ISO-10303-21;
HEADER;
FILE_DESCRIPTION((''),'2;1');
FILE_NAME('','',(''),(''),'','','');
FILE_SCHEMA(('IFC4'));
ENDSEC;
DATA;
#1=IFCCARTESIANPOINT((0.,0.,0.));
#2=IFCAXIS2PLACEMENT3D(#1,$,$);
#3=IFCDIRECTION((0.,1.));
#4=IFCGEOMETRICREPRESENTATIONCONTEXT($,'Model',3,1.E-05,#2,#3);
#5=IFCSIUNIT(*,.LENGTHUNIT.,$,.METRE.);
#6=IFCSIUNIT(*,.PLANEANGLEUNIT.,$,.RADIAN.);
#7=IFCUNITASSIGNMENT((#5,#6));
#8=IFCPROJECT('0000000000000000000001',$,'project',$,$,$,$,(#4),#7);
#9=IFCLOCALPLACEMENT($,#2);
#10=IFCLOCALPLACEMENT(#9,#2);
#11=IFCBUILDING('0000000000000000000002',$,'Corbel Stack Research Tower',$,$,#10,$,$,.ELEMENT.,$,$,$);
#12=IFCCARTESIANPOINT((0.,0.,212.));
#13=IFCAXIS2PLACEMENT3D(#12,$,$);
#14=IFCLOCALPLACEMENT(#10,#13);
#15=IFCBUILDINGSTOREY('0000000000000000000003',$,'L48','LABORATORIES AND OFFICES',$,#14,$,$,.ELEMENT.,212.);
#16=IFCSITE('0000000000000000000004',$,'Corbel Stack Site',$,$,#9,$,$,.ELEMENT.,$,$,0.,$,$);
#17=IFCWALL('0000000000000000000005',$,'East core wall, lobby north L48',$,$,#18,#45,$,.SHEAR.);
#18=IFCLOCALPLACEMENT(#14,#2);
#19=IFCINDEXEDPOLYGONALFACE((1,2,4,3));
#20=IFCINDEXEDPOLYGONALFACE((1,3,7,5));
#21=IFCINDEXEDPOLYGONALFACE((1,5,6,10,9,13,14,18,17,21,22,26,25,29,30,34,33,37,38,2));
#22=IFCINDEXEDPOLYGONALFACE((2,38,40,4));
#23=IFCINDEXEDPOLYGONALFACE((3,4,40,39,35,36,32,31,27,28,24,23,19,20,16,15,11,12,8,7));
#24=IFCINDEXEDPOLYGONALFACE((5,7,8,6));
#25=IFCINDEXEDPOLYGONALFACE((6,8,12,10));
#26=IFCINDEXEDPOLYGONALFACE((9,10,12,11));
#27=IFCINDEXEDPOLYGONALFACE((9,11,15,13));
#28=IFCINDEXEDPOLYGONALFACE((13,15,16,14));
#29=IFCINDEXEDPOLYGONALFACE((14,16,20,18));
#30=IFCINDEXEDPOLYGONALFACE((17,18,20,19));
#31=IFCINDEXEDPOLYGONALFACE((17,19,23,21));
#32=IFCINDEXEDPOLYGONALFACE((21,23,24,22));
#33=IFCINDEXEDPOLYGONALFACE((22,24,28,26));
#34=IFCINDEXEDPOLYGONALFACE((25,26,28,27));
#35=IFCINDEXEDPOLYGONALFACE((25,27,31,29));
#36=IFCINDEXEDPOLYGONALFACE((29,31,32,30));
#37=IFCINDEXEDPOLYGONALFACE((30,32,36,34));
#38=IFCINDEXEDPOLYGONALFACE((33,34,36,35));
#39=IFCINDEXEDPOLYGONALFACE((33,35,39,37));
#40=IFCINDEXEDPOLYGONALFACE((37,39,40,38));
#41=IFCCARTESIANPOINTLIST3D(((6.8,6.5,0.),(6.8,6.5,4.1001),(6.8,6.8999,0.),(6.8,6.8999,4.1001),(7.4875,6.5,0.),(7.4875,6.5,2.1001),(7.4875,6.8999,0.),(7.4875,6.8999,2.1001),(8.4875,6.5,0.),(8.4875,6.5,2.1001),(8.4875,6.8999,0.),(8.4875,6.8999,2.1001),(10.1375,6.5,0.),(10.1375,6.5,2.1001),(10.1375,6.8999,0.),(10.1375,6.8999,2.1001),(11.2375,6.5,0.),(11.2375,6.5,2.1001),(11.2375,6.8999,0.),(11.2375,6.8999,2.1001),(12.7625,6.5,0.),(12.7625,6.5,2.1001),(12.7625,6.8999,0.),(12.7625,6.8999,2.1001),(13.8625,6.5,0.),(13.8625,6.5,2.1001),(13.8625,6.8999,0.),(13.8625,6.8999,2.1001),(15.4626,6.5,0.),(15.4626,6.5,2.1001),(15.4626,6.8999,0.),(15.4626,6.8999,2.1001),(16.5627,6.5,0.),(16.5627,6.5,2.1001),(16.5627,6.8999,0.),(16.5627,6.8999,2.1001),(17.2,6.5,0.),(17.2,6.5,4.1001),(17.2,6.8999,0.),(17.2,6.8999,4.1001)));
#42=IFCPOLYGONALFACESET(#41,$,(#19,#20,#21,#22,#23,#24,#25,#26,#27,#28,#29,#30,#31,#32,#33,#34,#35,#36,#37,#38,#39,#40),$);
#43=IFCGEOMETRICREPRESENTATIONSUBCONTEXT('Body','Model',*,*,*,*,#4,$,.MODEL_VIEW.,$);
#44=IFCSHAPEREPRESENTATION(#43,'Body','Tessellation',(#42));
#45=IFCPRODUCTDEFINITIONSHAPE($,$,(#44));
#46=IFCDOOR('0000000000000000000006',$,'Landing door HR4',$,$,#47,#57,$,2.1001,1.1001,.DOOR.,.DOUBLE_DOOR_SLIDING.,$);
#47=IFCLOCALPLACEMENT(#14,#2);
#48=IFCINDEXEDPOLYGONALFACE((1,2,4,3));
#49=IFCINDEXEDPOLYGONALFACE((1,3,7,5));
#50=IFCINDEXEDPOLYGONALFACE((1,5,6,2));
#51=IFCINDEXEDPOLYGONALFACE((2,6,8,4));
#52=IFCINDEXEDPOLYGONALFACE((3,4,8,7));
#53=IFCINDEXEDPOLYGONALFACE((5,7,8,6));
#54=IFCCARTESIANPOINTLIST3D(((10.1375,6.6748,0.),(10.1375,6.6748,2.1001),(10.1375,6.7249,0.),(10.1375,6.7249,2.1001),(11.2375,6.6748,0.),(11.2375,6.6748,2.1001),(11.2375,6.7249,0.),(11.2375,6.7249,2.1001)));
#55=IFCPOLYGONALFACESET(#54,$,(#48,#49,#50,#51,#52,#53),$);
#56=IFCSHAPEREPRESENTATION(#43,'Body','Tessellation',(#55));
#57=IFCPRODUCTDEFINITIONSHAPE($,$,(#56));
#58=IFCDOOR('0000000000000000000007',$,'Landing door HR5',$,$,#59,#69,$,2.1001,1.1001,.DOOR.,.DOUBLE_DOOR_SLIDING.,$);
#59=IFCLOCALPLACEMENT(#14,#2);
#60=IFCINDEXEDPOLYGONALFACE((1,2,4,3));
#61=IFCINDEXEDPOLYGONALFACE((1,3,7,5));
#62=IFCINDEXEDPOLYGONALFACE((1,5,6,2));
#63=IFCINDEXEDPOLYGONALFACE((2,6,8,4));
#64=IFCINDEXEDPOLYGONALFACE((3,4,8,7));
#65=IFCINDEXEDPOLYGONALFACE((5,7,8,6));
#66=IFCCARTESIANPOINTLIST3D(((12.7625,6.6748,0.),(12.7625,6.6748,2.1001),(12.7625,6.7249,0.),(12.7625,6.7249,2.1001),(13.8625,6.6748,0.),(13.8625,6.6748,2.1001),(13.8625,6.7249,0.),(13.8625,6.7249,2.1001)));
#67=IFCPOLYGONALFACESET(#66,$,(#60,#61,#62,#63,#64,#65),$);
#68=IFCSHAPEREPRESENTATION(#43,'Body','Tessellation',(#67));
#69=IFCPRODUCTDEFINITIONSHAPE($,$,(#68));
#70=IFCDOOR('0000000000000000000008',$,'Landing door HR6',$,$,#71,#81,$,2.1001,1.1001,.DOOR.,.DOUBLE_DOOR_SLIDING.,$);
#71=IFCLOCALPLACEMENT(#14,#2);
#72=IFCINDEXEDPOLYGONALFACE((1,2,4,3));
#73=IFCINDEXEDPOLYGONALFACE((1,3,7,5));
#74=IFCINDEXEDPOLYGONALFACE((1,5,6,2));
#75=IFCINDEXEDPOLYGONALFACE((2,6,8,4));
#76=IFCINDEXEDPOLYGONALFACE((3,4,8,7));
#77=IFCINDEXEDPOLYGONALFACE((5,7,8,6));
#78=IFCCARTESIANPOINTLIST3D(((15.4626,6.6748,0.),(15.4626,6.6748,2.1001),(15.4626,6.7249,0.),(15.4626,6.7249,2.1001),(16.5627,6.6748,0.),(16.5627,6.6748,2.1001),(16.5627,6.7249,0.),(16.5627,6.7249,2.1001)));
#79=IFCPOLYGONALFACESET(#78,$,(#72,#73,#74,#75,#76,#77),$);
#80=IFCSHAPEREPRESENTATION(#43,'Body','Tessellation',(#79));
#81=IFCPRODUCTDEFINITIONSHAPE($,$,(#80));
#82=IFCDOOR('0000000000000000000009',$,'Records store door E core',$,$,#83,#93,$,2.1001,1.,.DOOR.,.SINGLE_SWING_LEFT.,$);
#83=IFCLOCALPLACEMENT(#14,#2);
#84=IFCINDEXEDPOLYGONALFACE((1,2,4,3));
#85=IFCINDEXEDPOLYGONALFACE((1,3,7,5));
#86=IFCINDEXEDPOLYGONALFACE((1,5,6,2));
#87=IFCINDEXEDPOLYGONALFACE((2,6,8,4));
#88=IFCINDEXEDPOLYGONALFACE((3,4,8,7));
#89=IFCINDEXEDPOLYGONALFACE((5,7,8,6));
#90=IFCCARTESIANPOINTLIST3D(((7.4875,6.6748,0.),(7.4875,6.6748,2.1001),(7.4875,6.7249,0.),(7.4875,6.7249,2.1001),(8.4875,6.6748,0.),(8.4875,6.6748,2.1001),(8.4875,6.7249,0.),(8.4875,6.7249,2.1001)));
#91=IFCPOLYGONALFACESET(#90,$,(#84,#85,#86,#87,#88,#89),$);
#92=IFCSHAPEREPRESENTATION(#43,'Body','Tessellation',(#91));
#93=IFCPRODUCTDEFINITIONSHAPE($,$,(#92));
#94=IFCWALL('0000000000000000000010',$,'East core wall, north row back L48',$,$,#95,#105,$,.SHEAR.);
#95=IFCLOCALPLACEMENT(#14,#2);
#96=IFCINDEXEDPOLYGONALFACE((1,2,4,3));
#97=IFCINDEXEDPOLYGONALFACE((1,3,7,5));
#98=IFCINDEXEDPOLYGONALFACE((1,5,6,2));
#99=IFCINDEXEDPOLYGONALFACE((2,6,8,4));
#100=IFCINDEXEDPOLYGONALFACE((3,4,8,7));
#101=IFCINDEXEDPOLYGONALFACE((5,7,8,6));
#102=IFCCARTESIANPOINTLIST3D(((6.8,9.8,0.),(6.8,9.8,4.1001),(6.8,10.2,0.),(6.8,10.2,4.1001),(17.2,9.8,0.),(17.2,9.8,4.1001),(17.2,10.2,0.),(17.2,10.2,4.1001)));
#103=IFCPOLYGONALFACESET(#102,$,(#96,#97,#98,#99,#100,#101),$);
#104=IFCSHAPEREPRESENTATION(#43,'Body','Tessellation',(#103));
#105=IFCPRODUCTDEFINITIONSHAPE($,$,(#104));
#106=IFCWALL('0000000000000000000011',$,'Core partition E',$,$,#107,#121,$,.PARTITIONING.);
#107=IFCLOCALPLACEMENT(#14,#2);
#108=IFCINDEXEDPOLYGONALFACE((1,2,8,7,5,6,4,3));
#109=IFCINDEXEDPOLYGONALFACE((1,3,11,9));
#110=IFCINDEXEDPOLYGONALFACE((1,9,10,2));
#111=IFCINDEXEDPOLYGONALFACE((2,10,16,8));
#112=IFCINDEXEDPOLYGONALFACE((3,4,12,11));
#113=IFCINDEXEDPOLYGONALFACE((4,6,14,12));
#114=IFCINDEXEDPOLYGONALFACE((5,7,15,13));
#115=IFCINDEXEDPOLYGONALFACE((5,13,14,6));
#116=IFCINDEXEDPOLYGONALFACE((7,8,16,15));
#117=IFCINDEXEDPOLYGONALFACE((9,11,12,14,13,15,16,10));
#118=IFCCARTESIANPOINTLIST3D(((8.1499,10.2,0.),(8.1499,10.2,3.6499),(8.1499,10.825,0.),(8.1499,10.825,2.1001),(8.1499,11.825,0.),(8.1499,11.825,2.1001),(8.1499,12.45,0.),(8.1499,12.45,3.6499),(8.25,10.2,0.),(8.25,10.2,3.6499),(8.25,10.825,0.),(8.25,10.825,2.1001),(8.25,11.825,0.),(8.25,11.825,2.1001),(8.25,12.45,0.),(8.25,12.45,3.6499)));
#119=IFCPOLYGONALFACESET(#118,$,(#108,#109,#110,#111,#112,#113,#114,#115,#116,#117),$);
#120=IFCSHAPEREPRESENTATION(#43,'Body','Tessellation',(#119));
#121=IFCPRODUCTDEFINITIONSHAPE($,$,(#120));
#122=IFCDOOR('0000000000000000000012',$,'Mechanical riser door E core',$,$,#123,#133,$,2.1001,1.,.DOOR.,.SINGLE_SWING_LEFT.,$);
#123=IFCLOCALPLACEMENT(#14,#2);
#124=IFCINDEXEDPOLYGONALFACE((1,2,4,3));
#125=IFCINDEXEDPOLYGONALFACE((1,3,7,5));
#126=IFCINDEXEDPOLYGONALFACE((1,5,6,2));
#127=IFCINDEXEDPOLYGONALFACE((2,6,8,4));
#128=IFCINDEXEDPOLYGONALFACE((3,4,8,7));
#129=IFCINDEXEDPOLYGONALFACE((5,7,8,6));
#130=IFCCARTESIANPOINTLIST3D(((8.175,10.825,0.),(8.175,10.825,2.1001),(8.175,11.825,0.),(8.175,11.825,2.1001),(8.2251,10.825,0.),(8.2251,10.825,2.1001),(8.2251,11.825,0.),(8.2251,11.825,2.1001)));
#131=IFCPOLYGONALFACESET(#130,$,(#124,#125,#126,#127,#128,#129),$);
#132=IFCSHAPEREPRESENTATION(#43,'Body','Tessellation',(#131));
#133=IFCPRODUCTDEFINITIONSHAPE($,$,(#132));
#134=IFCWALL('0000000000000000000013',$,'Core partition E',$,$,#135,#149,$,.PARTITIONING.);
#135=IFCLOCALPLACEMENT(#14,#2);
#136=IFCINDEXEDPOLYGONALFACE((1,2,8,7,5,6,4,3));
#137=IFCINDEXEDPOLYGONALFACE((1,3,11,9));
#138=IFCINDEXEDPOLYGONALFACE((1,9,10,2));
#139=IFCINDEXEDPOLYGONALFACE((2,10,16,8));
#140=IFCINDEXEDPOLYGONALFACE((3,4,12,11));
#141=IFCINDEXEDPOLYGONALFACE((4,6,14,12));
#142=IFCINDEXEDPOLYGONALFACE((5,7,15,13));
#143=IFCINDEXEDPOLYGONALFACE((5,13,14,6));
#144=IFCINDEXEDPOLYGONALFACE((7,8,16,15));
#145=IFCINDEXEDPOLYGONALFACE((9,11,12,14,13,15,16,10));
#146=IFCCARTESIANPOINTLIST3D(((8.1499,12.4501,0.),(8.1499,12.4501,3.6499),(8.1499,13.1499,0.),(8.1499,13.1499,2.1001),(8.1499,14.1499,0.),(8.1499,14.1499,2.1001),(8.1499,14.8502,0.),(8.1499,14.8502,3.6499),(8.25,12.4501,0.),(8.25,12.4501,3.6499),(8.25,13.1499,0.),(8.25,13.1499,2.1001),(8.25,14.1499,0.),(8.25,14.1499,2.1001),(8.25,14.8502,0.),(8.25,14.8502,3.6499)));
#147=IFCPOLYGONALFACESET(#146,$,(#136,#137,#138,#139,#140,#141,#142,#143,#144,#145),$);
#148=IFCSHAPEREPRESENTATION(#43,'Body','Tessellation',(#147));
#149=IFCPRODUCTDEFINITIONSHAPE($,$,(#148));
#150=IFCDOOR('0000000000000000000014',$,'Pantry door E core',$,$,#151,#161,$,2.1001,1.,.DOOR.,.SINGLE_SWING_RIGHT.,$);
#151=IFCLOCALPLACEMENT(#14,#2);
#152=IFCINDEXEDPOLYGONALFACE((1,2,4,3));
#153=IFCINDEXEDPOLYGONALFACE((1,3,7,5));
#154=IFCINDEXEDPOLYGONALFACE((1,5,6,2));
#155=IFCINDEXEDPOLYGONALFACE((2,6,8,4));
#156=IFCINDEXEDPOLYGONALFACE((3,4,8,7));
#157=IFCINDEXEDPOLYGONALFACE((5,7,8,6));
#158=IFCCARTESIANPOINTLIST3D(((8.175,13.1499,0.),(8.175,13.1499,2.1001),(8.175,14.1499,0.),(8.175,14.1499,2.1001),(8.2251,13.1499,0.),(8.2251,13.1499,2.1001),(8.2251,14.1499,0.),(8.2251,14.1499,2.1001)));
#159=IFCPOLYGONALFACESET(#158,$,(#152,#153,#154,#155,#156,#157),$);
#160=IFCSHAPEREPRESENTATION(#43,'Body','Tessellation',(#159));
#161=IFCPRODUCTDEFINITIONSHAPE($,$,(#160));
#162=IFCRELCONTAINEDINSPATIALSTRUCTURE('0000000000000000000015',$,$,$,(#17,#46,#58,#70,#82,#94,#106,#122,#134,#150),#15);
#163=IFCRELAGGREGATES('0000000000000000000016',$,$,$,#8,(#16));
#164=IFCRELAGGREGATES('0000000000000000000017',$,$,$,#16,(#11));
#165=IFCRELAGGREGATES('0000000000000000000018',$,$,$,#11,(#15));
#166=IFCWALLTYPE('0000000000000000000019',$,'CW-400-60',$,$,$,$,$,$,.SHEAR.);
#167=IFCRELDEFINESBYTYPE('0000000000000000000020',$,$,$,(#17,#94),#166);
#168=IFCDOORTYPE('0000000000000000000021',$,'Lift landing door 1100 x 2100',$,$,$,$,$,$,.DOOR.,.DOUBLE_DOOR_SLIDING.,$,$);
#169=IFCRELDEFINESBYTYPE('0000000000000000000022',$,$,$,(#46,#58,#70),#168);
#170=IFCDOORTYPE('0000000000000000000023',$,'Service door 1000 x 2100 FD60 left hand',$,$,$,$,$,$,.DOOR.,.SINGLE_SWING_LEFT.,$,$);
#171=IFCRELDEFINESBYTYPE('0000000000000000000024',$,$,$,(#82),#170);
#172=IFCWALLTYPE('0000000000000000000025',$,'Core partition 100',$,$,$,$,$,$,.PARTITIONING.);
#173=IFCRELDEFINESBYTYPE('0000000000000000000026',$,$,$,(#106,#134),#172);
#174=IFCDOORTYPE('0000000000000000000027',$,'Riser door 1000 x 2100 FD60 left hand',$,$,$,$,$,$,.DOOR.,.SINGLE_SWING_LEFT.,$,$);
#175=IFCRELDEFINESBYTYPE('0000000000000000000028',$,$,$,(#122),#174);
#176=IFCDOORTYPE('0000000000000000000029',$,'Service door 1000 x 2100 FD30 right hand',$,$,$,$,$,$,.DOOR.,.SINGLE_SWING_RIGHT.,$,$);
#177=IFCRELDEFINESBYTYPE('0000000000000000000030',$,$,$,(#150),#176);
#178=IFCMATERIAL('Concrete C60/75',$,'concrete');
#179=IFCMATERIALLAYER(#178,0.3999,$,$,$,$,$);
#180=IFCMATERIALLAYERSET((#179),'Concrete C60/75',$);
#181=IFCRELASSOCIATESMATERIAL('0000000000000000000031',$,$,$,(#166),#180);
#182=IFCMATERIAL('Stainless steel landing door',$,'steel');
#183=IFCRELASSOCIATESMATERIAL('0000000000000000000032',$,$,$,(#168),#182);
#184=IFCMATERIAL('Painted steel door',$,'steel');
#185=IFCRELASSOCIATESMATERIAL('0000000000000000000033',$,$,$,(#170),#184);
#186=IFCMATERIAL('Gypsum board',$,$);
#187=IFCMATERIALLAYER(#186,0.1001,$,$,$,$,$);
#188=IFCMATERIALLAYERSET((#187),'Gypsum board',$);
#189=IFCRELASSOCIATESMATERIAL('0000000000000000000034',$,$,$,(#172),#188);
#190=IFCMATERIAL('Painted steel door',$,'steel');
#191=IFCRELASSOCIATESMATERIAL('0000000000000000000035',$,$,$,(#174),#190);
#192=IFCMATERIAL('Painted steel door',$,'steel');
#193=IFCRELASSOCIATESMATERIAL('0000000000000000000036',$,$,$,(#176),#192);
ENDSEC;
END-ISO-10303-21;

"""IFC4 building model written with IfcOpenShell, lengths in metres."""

from ifc_helpers import new_model, si_unit, direction, frame, frame_2d, origin, place, context, subcontext, project, spatial, rectangle, extrude, material, layer, layer_set, type_object, element, fill, save


model = new_model("IFC4")

# Units and contexts
model_context = context("Model", 3, precision=1e-05, world=origin(), true_north=direction((0.0, 1.0)))
body_context = subcontext(model_context, "Body", "Model", "MODEL_VIEW")
ifc_project = project(units=[si_unit("LENGTHUNIT", "METRE"), si_unit("PLANEANGLEUNIT", "RADIAN")], contexts=[model_context])

# Site, building, storey
site_placement = place(None, origin())
site = spatial("IfcSite", under=ifc_project, at=site_placement, Name="Corbel Stack Site", CompositionType="ELEMENT", RefElevation=0.0)
building_placement = place(site_placement, origin())
building = spatial("IfcBuilding", under=site, at=building_placement, Name="Corbel Stack Research Tower", CompositionType="ELEMENT")
storey_placement = place(building_placement, frame((0.0, 0.0, 212.0)))
storey = spatial("IfcBuildingStorey", under=building, at=storey_placement, Name="L48", Description="LABORATORIES AND OFFICES", CompositionType="ELEMENT", Elevation=212.0)

# Wall, openings, doors
ifc_material_1 = material(Name="Concrete C60/75", Category="concrete")
ifc_layer_1 = layer(ifc_material_1, 0.3999)
ifc_layer_set_1 = layer_set([ifc_layer_1], Name="Concrete C60/75")
wall_type_1 = type_object("IfcWallType", Name="CW-400-60", PredefinedType="SHEAR", material=ifc_layer_set_1)
ifc_material_2 = material(Name="Stainless steel landing door", Category="steel")
door_type_1 = type_object("IfcDoorType", Name="Lift landing door 1100 x 2100", OperationType="DOUBLE_DOOR_SLIDING", PredefinedType="DOOR", material=ifc_material_2)
ifc_material_3 = material(Name="Painted steel door", Category="steel")
door_type_2 = type_object("IfcDoorType", Name="Service door 1000 x 2100 FD60 left hand", OperationType="SINGLE_SWING_LEFT", PredefinedType="DOOR", material=ifc_material_3)
wall_1_placement = place(storey_placement, frame((6.8, 6.7, 0.0), z_axis=(0.0, 0.0, 1.0), x_axis=(1.0, 0.0, 0.0)))
wall_1 = element("IfcWall", 1, at=wall_1_placement, inside=storey, type_object=wall_type_1, Name="East core wall, lobby north L48", PredefinedType="SHEAR", context=body_context, shape_type="SweptSolid", body=[
    extrude(rectangle(XDim=10.3999, YDim=0.3999, at=frame_2d((5.2, 0.0))), origin(), (0.0, 0.0, 1.0), 4.1001),
])
opening_1_placement = place(wall_1_placement, frame((3.3374, 0.0, 0.0)))
opening_1 = element("IfcOpeningElement", 2, at=opening_1_placement, cuts=wall_1, PredefinedType="OPENING", context=body_context, shape_type="SweptSolid", body=[
    extrude(rectangle(XDim=1.1001, YDim=2.1001, at=frame_2d((0.55, 1.05))), frame((0.0, 0.21, 0.0), z_axis=(0.0, -1.0, 0.0), x_axis=(1.0, 0.0, 0.0)), (0.0, 0.0, 1.0), 0.4199),
])
opening_2_placement = place(wall_1_placement, frame((5.9624, 0.0, 0.0)))
opening_2 = element("IfcOpeningElement", 3, at=opening_2_placement, cuts=wall_1, PredefinedType="OPENING", context=body_context, shape_type="SweptSolid", body=[
    extrude(rectangle(XDim=1.1001, YDim=2.1001, at=frame_2d((0.55, 1.05))), frame((0.0, 0.21, 0.0), z_axis=(0.0, -1.0, 0.0), x_axis=(1.0, 0.0, 0.0)), (0.0, 0.0, 1.0), 0.4199),
])
opening_3_placement = place(wall_1_placement, frame((8.6626, 0.0, 0.0)))
opening_3 = element("IfcOpeningElement", 4, at=opening_3_placement, cuts=wall_1, PredefinedType="OPENING", context=body_context, shape_type="SweptSolid", body=[
    extrude(rectangle(XDim=1.1001, YDim=2.1001, at=frame_2d((0.55, 1.05))), frame((0.0, 0.21, 0.0), z_axis=(0.0, -1.0, 0.0), x_axis=(1.0, 0.0, 0.0)), (0.0, 0.0, 1.0), 0.4199),
])
opening_4_placement = place(wall_1_placement, frame((0.6875, 0.0, 0.0)))
opening_4 = element("IfcOpeningElement", 5, at=opening_4_placement, cuts=wall_1, PredefinedType="OPENING", context=body_context, shape_type="SweptSolid", body=[
    extrude(rectangle(XDim=1.0, YDim=2.1001, at=frame_2d((0.5, 1.05))), frame((0.0, 0.21, 0.0), z_axis=(0.0, -1.0, 0.0), x_axis=(1.0, 0.0, 0.0)), (0.0, 0.0, 1.0), 0.4199),
])
door_1_placement = place(opening_1_placement, origin())
door_1 = element("IfcDoor", 6, at=door_1_placement, inside=storey, type_object=door_type_1, Name="Landing door HR4", OperationType="DOUBLE_DOOR_SLIDING", OverallHeight=2.1001, OverallWidth=1.1001, PredefinedType="DOOR", context=body_context, shape_type="SweptSolid", body=[
    extrude(rectangle(XDim=1.1001, YDim=2.1001, at=frame_2d((0.55, 1.05))), frame((0.0, 0.0249, 0.0), z_axis=(0.0, -1.0, 0.0), x_axis=(1.0, 0.0, 0.0)), (0.0, 0.0, 1.0), 0.05),
])
fill(opening_1, door_1)
door_2_placement = place(opening_2_placement, origin())
door_2 = element("IfcDoor", 7, at=door_2_placement, inside=storey, type_object=door_type_1, Name="Landing door HR5", OperationType="DOUBLE_DOOR_SLIDING", OverallHeight=2.1001, OverallWidth=1.1001, PredefinedType="DOOR", context=body_context, shape_type="SweptSolid", body=[
    extrude(rectangle(XDim=1.1001, YDim=2.1001, at=frame_2d((0.55, 1.05))), frame((0.0, 0.0249, 0.0), z_axis=(0.0, -1.0, 0.0), x_axis=(1.0, 0.0, 0.0)), (0.0, 0.0, 1.0), 0.05),
])
fill(opening_2, door_2)
door_3_placement = place(opening_3_placement, origin())
door_3 = element("IfcDoor", 8, at=door_3_placement, inside=storey, type_object=door_type_1, Name="Landing door HR6", OperationType="DOUBLE_DOOR_SLIDING", OverallHeight=2.1001, OverallWidth=1.1001, PredefinedType="DOOR", context=body_context, shape_type="SweptSolid", body=[
    extrude(rectangle(XDim=1.1001, YDim=2.1001, at=frame_2d((0.55, 1.05))), frame((0.0, 0.0249, 0.0), z_axis=(0.0, -1.0, 0.0), x_axis=(1.0, 0.0, 0.0)), (0.0, 0.0, 1.0), 0.05),
])
fill(opening_3, door_3)
door_4_placement = place(opening_4_placement, origin())
door_4 = element("IfcDoor", 9, at=door_4_placement, inside=storey, type_object=door_type_2, Name="Records store door E core", OperationType="SINGLE_SWING_LEFT", OverallHeight=2.1001, OverallWidth=1.0, PredefinedType="DOOR", context=body_context, shape_type="SweptSolid", body=[
    extrude(rectangle(XDim=1.0, YDim=2.1001, at=frame_2d((0.5, 1.05))), frame((0.0, 0.0249, 0.0), z_axis=(0.0, -1.0, 0.0), x_axis=(1.0, 0.0, 0.0)), (0.0, 0.0, 1.0), 0.05),
])
fill(opening_4, door_4)

# Wall
wall_2_placement = place(storey_placement, frame((6.8, 10.0, 0.0), z_axis=(0.0, 0.0, 1.0), x_axis=(1.0, 0.0, 0.0)))
element("IfcWall", 10, at=wall_2_placement, inside=storey, type_object=wall_type_1, Name="East core wall, north row back L48", PredefinedType="SHEAR", context=body_context, shape_type="SweptSolid", body=[
    extrude(rectangle(XDim=10.3999, YDim=0.3999, at=frame_2d((5.2, 0.0))), origin(), (0.0, 0.0, 1.0), 4.1001),
])

# Walls, openings, doors
ifc_material_4 = material(Name="Gypsum board")
ifc_layer_2 = layer(ifc_material_4, 0.1001)
ifc_layer_set_2 = layer_set([ifc_layer_2], Name="Gypsum board")
wall_type_2 = type_object("IfcWallType", Name="Core partition 100", PredefinedType="PARTITIONING", material=ifc_layer_set_2)
wall_3_placement = place(storey_placement, frame((8.2, 10.2, 0.0), z_axis=(0.0, 0.0, 1.0), x_axis=(0.0, 1.0, 0.0)))
wall_3 = element("IfcWall", 11, at=wall_3_placement, inside=storey, type_object=wall_type_2, Name="Core partition E", PredefinedType="PARTITIONING", context=body_context, shape_type="SweptSolid", body=[
    extrude(rectangle(XDim=2.25, YDim=0.1001, at=frame_2d((1.125, 0.0))), origin(), (0.0, 0.0, 1.0), 3.6499),
])
opening_5_placement = place(wall_3_placement, frame((0.625, 0.0, 0.0)))
opening_5 = element("IfcOpeningElement", 12, at=opening_5_placement, cuts=wall_3, PredefinedType="OPENING", context=body_context, shape_type="SweptSolid", body=[
    extrude(rectangle(XDim=1.0, YDim=2.1001, at=frame_2d((0.5, 1.05))), frame((0.0, 0.0601, 0.0), z_axis=(0.0, -1.0, 0.0), x_axis=(1.0, 0.0, 0.0)), (0.0, 0.0, 1.0), 0.1201),
])
ifc_material_5 = material(Name="Painted steel door", Category="steel")
door_type_3 = type_object("IfcDoorType", Name="Riser door 1000 x 2100 FD60 left hand", OperationType="SINGLE_SWING_LEFT", PredefinedType="DOOR", material=ifc_material_5)
door_5_placement = place(opening_5_placement, origin())
door_5 = element("IfcDoor", 13, at=door_5_placement, inside=storey, type_object=door_type_3, Name="Mechanical riser door E core", OperationType="SINGLE_SWING_LEFT", OverallHeight=2.1001, OverallWidth=1.0, PredefinedType="DOOR", context=body_context, shape_type="SweptSolid", body=[
    extrude(rectangle(XDim=1.0, YDim=2.1001, at=frame_2d((0.5, 1.05))), frame((0.0, 0.0249, 0.0), z_axis=(0.0, -1.0, 0.0), x_axis=(1.0, 0.0, 0.0)), (0.0, 0.0, 1.0), 0.05),
])
fill(opening_5, door_5)
wall_4_placement = place(storey_placement, frame((8.2, 12.45, 0.0), z_axis=(0.0, 0.0, 1.0), x_axis=(0.0, 1.0, 0.0)))
wall_4 = element("IfcWall", 14, at=wall_4_placement, inside=storey, type_object=wall_type_2, Name="Core partition E", PredefinedType="PARTITIONING", context=body_context, shape_type="SweptSolid", body=[
    extrude(rectangle(XDim=2.4001, YDim=0.1001, at=frame_2d((1.2002, 0.0))), origin(), (0.0, 0.0, 1.0), 3.6499),
])
opening_6_placement = place(wall_4_placement, frame((0.7, 0.0, 0.0)))
opening_6 = element("IfcOpeningElement", 15, at=opening_6_placement, cuts=wall_4, PredefinedType="OPENING", context=body_context, shape_type="SweptSolid", body=[
    extrude(rectangle(XDim=1.0, YDim=2.1001, at=frame_2d((0.5, 1.05))), frame((0.0, 0.0601, 0.0), z_axis=(0.0, -1.0, 0.0), x_axis=(1.0, 0.0, 0.0)), (0.0, 0.0, 1.0), 0.1201),
])
ifc_material_6 = material(Name="Painted steel door", Category="steel")
door_type_4 = type_object("IfcDoorType", Name="Service door 1000 x 2100 FD30 right hand", OperationType="SINGLE_SWING_RIGHT", PredefinedType="DOOR", material=ifc_material_6)
door_6_placement = place(opening_6_placement, origin())
door_6 = element("IfcDoor", 16, at=door_6_placement, inside=storey, type_object=door_type_4, Name="Pantry door E core", OperationType="SINGLE_SWING_RIGHT", OverallHeight=2.1001, OverallWidth=1.0, PredefinedType="DOOR", context=body_context, shape_type="SweptSolid", body=[
    extrude(rectangle(XDim=1.0, YDim=2.1001, at=frame_2d((0.5, 1.05))), frame((0.0, 0.0249, 0.0), z_axis=(0.0, -1.0, 0.0), x_axis=(1.0, 0.0, 0.0)), (0.0, 0.0, 1.0), 0.05),
])
fill(opening_6, door_6)

save(model, "model.ifc")
